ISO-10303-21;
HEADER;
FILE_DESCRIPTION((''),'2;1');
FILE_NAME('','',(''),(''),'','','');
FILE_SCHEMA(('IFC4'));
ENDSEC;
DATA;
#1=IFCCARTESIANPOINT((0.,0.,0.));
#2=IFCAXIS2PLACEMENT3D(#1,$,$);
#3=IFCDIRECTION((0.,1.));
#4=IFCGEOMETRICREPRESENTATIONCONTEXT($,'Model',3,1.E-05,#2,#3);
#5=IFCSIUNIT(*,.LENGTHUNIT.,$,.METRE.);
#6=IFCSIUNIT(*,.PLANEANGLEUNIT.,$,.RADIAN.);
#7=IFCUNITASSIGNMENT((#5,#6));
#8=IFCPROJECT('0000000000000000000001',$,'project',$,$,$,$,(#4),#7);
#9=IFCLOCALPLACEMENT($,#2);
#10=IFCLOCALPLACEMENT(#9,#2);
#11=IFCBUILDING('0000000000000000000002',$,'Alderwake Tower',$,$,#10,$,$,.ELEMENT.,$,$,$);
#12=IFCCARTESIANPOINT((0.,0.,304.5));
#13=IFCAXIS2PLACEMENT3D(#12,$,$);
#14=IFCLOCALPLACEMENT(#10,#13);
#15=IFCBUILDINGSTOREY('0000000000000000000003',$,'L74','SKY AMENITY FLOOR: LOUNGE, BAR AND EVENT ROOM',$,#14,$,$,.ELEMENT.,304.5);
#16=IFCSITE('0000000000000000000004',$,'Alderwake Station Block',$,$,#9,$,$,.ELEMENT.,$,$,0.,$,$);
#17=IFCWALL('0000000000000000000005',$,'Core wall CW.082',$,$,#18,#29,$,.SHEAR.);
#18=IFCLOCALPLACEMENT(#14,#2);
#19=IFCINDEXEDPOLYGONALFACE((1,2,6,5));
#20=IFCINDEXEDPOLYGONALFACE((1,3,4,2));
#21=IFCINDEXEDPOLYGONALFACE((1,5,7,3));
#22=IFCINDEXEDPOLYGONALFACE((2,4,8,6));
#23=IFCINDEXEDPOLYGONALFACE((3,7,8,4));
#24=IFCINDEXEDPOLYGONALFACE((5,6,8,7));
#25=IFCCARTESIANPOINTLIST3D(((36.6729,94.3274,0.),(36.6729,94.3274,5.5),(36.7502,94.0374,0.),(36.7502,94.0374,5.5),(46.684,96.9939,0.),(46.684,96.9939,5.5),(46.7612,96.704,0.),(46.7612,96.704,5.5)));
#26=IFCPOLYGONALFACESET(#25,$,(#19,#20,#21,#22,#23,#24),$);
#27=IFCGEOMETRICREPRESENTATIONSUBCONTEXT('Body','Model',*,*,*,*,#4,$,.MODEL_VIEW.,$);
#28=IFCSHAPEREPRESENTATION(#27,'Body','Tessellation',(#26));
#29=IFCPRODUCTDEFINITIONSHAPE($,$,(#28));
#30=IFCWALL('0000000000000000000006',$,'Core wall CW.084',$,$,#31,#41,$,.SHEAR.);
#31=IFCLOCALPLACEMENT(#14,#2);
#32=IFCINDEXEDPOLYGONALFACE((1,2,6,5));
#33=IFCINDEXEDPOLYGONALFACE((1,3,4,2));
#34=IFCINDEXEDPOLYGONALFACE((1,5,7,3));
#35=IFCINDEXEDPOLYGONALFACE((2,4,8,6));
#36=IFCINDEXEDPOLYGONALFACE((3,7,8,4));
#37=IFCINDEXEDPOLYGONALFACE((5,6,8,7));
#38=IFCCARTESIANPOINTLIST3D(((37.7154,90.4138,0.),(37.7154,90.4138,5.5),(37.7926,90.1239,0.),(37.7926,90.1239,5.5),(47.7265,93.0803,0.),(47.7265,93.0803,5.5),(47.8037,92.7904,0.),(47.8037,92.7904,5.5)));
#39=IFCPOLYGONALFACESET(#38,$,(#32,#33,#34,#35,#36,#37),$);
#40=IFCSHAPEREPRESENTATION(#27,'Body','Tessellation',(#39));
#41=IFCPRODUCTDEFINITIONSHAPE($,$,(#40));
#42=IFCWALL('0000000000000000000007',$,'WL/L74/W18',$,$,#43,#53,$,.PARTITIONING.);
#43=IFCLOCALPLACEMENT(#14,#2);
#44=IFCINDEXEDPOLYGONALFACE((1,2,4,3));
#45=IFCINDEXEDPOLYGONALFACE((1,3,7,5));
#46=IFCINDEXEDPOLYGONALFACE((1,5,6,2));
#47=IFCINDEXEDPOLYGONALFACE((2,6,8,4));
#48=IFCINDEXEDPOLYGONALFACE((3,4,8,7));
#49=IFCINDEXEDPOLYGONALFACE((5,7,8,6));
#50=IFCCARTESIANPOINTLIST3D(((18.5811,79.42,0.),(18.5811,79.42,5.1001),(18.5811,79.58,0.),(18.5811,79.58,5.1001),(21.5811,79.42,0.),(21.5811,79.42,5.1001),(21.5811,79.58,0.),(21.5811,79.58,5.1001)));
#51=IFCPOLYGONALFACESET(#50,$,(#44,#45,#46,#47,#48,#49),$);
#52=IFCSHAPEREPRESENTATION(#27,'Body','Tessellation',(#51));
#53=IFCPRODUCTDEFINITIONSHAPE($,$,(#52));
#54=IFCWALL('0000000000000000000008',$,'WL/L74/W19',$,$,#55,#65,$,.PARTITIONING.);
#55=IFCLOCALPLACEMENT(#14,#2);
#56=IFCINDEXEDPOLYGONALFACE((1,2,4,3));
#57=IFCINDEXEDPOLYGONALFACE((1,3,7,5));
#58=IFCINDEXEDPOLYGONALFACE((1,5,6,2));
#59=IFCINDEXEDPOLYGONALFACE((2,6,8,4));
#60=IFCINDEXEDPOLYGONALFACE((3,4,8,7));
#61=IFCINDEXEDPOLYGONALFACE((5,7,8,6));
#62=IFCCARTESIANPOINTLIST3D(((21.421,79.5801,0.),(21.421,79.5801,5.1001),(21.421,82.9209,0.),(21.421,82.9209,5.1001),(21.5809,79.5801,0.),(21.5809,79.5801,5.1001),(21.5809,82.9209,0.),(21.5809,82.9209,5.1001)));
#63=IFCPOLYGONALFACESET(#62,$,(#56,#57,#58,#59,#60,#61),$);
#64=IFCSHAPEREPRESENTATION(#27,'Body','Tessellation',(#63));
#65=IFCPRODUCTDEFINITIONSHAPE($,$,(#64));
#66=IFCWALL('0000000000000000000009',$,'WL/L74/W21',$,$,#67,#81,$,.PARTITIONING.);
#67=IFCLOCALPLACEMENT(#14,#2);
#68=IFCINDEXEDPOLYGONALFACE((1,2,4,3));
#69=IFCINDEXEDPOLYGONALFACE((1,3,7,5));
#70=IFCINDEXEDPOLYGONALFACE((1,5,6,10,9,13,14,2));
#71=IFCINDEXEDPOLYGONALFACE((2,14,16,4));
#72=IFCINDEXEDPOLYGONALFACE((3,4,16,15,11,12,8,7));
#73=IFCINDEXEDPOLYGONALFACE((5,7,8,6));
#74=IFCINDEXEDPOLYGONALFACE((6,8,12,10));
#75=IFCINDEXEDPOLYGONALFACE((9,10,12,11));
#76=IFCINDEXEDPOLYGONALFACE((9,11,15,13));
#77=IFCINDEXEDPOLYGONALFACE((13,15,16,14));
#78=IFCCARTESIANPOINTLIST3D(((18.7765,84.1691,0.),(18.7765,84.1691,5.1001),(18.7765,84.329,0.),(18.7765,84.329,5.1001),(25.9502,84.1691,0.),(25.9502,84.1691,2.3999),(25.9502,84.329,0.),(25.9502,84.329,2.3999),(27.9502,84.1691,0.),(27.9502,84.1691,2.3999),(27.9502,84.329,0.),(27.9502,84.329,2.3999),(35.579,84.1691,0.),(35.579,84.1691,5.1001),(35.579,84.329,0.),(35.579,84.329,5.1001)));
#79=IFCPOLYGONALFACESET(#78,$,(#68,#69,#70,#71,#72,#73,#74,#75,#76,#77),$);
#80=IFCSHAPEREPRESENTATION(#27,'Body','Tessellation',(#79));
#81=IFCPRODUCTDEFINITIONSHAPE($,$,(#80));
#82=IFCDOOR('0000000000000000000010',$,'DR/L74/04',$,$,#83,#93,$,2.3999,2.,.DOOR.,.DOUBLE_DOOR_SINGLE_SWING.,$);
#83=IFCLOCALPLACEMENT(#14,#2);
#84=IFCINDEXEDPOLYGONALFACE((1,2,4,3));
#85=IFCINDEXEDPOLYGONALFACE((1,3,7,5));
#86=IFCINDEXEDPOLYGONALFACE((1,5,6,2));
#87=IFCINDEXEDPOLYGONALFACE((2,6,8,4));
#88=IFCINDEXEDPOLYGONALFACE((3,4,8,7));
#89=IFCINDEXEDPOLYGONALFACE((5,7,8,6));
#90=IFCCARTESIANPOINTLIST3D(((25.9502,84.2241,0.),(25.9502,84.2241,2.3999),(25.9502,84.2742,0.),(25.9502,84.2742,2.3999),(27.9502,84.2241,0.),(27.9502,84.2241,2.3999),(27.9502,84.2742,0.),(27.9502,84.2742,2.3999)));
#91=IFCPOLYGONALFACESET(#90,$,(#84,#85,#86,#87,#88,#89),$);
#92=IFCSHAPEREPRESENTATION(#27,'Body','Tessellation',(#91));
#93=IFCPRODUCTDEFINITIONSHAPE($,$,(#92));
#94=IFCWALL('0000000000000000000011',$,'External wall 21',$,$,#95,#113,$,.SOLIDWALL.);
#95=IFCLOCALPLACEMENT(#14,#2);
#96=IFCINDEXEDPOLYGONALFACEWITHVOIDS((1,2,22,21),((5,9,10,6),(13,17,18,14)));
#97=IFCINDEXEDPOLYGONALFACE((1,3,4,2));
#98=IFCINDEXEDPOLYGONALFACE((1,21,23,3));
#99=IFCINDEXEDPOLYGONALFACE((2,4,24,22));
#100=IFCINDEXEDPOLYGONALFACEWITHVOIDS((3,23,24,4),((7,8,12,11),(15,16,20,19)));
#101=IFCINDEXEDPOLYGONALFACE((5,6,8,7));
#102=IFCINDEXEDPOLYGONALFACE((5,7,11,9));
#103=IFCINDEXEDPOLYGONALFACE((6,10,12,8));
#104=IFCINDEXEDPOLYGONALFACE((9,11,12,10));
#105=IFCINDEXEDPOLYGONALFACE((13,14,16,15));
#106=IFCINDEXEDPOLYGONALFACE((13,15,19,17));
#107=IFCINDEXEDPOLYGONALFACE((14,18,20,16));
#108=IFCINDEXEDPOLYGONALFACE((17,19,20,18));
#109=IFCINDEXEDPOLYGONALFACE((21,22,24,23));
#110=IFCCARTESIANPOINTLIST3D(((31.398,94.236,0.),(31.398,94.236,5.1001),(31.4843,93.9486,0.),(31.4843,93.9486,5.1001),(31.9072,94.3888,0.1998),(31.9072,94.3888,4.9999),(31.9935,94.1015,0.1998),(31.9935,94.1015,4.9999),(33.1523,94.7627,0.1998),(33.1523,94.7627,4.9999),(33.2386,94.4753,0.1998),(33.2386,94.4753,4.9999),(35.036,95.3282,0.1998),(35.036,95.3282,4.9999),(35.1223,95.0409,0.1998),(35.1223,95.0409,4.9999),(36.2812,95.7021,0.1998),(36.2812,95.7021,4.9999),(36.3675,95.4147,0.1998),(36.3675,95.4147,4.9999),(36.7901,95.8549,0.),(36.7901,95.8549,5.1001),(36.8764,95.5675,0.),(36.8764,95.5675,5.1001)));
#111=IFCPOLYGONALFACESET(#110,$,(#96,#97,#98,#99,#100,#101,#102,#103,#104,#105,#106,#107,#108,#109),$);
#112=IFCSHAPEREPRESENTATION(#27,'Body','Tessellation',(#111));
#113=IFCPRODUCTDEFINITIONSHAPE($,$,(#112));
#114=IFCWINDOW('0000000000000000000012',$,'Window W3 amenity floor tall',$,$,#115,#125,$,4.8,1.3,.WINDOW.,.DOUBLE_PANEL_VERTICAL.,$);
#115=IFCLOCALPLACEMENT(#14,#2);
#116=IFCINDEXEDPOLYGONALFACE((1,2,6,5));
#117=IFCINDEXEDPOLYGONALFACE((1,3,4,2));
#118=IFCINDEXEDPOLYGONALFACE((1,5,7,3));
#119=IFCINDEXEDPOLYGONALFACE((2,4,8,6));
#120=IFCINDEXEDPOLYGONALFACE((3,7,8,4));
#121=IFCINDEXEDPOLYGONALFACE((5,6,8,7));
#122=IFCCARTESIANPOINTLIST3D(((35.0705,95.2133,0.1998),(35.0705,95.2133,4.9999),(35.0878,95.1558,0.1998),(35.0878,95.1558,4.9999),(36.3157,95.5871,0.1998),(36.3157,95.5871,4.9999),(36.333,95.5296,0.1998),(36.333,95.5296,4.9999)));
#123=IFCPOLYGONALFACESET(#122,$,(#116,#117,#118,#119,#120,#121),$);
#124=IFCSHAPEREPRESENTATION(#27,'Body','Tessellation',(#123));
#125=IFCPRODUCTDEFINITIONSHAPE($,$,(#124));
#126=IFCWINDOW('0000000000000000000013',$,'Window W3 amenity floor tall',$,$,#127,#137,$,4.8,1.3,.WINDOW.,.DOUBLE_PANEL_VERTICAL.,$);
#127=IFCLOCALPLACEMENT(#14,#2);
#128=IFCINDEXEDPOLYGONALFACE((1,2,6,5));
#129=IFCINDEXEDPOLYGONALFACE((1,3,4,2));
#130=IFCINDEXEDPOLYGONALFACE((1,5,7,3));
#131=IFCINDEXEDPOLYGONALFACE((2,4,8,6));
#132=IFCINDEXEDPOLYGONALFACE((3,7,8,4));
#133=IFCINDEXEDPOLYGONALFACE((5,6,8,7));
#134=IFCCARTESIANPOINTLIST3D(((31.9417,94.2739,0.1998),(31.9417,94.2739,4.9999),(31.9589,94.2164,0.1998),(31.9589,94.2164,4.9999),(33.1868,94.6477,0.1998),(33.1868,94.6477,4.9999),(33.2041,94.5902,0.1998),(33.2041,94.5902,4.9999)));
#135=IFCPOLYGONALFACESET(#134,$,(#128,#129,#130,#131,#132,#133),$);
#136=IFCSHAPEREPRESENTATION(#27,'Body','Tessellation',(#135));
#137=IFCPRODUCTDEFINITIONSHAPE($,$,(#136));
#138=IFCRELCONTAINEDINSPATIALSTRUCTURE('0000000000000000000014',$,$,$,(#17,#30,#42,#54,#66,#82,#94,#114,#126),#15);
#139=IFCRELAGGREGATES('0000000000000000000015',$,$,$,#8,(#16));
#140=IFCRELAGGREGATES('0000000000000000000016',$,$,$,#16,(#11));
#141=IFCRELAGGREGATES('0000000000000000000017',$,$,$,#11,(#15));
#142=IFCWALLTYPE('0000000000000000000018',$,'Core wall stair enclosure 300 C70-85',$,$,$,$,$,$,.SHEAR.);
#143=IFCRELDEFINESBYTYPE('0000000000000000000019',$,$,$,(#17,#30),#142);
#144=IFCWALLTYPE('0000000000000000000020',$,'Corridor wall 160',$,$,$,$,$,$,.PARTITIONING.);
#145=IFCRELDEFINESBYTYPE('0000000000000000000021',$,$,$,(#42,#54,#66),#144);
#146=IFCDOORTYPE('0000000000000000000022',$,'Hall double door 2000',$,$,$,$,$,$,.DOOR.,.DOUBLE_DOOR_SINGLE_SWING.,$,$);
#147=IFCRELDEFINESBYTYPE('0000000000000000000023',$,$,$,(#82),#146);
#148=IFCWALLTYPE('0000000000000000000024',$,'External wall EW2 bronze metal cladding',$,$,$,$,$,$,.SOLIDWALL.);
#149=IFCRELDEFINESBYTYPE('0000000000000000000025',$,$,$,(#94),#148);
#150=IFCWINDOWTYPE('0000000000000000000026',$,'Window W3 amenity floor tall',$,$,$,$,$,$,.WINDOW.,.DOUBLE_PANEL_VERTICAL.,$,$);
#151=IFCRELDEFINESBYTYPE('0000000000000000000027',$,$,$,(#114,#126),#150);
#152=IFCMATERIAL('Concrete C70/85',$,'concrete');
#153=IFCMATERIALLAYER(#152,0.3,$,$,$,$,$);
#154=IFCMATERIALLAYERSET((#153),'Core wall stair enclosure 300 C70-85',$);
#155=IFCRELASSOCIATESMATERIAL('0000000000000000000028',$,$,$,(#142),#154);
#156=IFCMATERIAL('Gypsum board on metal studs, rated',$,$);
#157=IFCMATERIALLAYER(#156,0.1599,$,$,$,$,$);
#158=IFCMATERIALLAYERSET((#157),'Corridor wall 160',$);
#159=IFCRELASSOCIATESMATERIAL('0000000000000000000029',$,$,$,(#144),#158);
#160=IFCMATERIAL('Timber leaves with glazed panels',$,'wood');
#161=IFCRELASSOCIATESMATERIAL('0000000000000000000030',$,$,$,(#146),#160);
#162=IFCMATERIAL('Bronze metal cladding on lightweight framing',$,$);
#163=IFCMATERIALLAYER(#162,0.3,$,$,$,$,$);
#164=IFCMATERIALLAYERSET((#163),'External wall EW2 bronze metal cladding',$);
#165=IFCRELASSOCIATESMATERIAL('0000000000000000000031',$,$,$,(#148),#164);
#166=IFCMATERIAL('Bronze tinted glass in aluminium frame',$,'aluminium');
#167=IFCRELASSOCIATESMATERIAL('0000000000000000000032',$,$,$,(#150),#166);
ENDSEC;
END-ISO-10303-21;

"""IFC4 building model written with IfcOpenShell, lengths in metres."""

from ifc_helpers import new_model, si_unit, direction, frame, frame_2d, origin, place, context, subcontext, project, spatial, rectangle, extrude, material, layer, layer_set, type_object, element, fill, save


model = new_model("IFC4")

# Units and contexts
model_context = context("Model", 3, precision=1e-05, world=origin(), true_north=direction((0.0, 1.0)))
body_context = subcontext(model_context, "Body", "Model", "MODEL_VIEW")
ifc_project = project(units=[si_unit("LENGTHUNIT", "METRE"), si_unit("PLANEANGLEUNIT", "RADIAN")], contexts=[model_context])

# Site, building, storey
site_placement = place(None, origin())
site = spatial("IfcSite", under=ifc_project, at=site_placement, Name="Alderwake Station Block", CompositionType="ELEMENT", RefElevation=0.0)
building_placement = place(site_placement, origin())
building = spatial("IfcBuilding", under=site, at=building_placement, Name="Alderwake Tower", CompositionType="ELEMENT")
storey_placement = place(building_placement, frame((0.0, 0.0, 304.5)))
storey = spatial("IfcBuildingStorey", under=building, at=storey_placement, Name="L74", Description="SKY AMENITY FLOOR: LOUNGE, BAR AND EVENT ROOM", CompositionType="ELEMENT", Elevation=304.5)

# Walls
ifc_material_1 = material(Name="Concrete C70/85", Category="concrete")
ifc_layer_1 = layer(ifc_material_1, 0.3)
ifc_layer_set_1 = layer_set([ifc_layer_1], Name="Core wall stair enclosure 300 C70-85")
wall_type_1 = type_object("IfcWallType", Name="Core wall stair enclosure 300 C70-85", PredefinedType="SHEAR", material=ifc_layer_set_1)
for number, where, z_axis, x_axis, name in (
    (1, (36.7114, 94.1824, 0.0), (0.0, 0.0, 1.0), (0.966309, 0.257384, 0.0), "Core wall CW.082"),
    (2, (37.7539, 90.2688, 0.0), (0.0, 0.0, 1.0), (0.966309, 0.257384, 0.0), "Core wall CW.084"),
):
    element("IfcWall", number, at=place(storey_placement, frame(where, z_axis=z_axis, x_axis=x_axis)), inside=storey, type_object=wall_type_1, Name=name, PredefinedType="SHEAR", context=body_context, shape_type="SweptSolid", body=[
        extrude(rectangle(XDim=10.3601, YDim=0.3, at=frame_2d((5.1802, 0.0))), origin(), (0.0, 0.0, 1.0), 5.5),
    ])
ifc_material_2 = material(Name="Gypsum board on metal studs, rated")
ifc_layer_2 = layer(ifc_material_2, 0.1599)
ifc_layer_set_2 = layer_set([ifc_layer_2], Name="Corridor wall 160")
wall_type_2 = type_object("IfcWallType", Name="Corridor wall 160", PredefinedType="PARTITIONING", material=ifc_layer_set_2)
wall_1_placement = place(storey_placement, frame((21.5811, 79.5, 0.0), z_axis=(0.0, 0.0, 1.0), x_axis=(-1.0, 0.0, 0.0)))
element("IfcWall", 3, at=wall_1_placement, inside=storey, type_object=wall_type_2, Name="WL/L74/W18", PredefinedType="PARTITIONING", context=body_context, shape_type="SweptSolid", body=[
    extrude(rectangle(XDim=3.0, YDim=0.1599, at=frame_2d((1.5, 0.0))), origin(), (0.0, 0.0, 1.0), 5.1001),
])
wall_2_placement = place(storey_placement, frame((21.501, 82.9209, 0.0), z_axis=(0.0, 0.0, 1.0), x_axis=(0.0, -1.0, 0.0)))
element("IfcWall", 4, at=wall_2_placement, inside=storey, type_object=wall_type_2, Name="WL/L74/W19", PredefinedType="PARTITIONING", context=body_context, shape_type="SweptSolid", body=[
    extrude(rectangle(XDim=3.3408, YDim=0.1599, at=frame_2d((1.6704, 0.0))), origin(), (0.0, 0.0, 1.0), 5.1001),
])

# Wall, opening, door
wall_3_placement = place(storey_placement, frame((35.5791, 84.249, 0.0), z_axis=(0.0, 0.0, 1.0), x_axis=(-1.0, 0.0, 0.0)))
wall_3 = element("IfcWall", 5, at=wall_3_placement, inside=storey, type_object=wall_type_2, Name="WL/L74/W21", PredefinedType="PARTITIONING", context=body_context, shape_type="SweptSolid", body=[
    extrude(rectangle(XDim=16.8025, YDim=0.1599, at=frame_2d((8.4014, 0.0))), origin(), (0.0, 0.0, 1.0), 5.1001),
])
opening_1_placement = place(wall_3_placement, frame((7.6289, 0.0, 0.0)))
opening_1 = element("IfcOpeningElement", 6, at=opening_1_placement, cuts=wall_3, PredefinedType="OPENING", context=body_context, shape_type="SweptSolid", body=[
    extrude(rectangle(XDim=2.0, YDim=2.3999, at=frame_2d((1.0, 1.2))), frame((0.0, 0.0898, 0.0), z_axis=(0.0, -1.0, 0.0), x_axis=(1.0, 0.0, 0.0)), (0.0, 0.0, 1.0), 0.1799),
])
ifc_material_3 = material(Name="Timber leaves with glazed panels", Category="wood")
door_type_1 = type_object("IfcDoorType", Name="Hall double door 2000", OperationType="DOUBLE_DOOR_SINGLE_SWING", PredefinedType="DOOR", material=ifc_material_3)
door_1_placement = place(opening_1_placement, origin())
door_1 = element("IfcDoor", 7, at=door_1_placement, inside=storey, type_object=door_type_1, Name="DR/L74/04", OperationType="DOUBLE_DOOR_SINGLE_SWING", OverallHeight=2.3999, OverallWidth=2.0, PredefinedType="DOOR", context=body_context, shape_type="SweptSolid", body=[
    extrude(rectangle(XDim=2.0, YDim=2.3999, at=frame_2d((1.0, 1.2))), frame((0.0, 0.0249, 0.0), z_axis=(0.0, -1.0, 0.0), x_axis=(1.0, 0.0, 0.0)), (0.0, 0.0, 1.0), 0.05),
])
fill(opening_1, door_1)

# Wall, openings, windows
ifc_material_4 = material(Name="Bronze metal cladding on lightweight framing")
ifc_layer_3 = layer(ifc_material_4, 0.3)
ifc_layer_set_3 = layer_set([ifc_layer_3], Name="External wall EW2 bronze metal cladding")
wall_type_3 = type_object("IfcWallType", Name="External wall EW2 bronze metal cladding", PredefinedType="SOLIDWALL", material=ifc_layer_set_3)
wall_4_placement = place(storey_placement, frame((36.8333, 95.7112, 0.0), z_axis=(0.0, 0.0, 1.0), x_axis=(-0.957764, -0.287555, 0.0)))
wall_4 = element("IfcWall", 8, at=wall_4_placement, inside=storey, type_object=wall_type_3, Name="External wall 21", PredefinedType="SOLIDWALL", context=body_context, shape_type="SweptSolid", body=[
    extrude(rectangle(XDim=5.6299, YDim=0.3, at=frame_2d((2.8149, 0.0))), origin(), (0.0, 0.0, 1.0), 5.1001),
])
opening_2_placement = place(wall_4_placement, frame((0.5315, 0.0, 0.2)))
opening_2 = element("IfcOpeningElement", 9, at=opening_2_placement, cuts=wall_4, PredefinedType="OPENING", context=body_context, shape_type="SweptSolid", body=[
    extrude(rectangle(XDim=1.3, YDim=4.8, at=frame_2d((0.6499, 2.3999))), frame((0.0, 0.1599, 0.0), z_axis=(0.0, -1.0, 0.0), x_axis=(1.0, 0.0, 0.0)), (0.0, 0.0, 1.0), 0.3201),
])
opening_3_placement = place(wall_4_placement, frame((3.7983, 0.0, 0.2)))
opening_3 = element("IfcOpeningElement", 10, at=opening_3_placement, cuts=wall_4, PredefinedType="OPENING", context=body_context, shape_type="SweptSolid", body=[
    extrude(rectangle(XDim=1.3, YDim=4.8, at=frame_2d((0.6499, 2.3999))), frame((0.0, 0.1599, 0.0), z_axis=(0.0, -1.0, 0.0), x_axis=(1.0, 0.0, 0.0)), (0.0, 0.0, 1.0), 0.3201),
])
ifc_material_5 = material(Name="Bronze tinted glass in aluminium frame", Category="aluminium")
window_type = type_object("IfcWindowType", Name="Window W3 amenity floor tall", PartitioningType="DOUBLE_PANEL_VERTICAL", PredefinedType="WINDOW", material=ifc_material_5)
window_1_placement = place(opening_2_placement, origin())
window_1 = element("IfcWindow", 11, at=window_1_placement, inside=storey, type_object=window_type, Name="Window W3 amenity floor tall", OverallHeight=4.8, OverallWidth=1.3, PartitioningType="DOUBLE_PANEL_VERTICAL", PredefinedType="WINDOW", context=body_context, shape_type="SweptSolid", body=[
    extrude(rectangle(XDim=1.3, YDim=4.8, at=frame_2d((0.6499, 2.3999))), frame((0.0, 0.03, 0.0), z_axis=(0.0, -1.0, 0.0), x_axis=(1.0, 0.0, 0.0)), (0.0, 0.0, 1.0), 0.0601),
])
fill(opening_2, window_1)
window_2_placement = place(opening_3_placement, origin())
window_2 = element("IfcWindow", 12, at=window_2_placement, inside=storey, type_object=window_type, Name="Window W3 amenity floor tall", OverallHeight=4.8, OverallWidth=1.3, PartitioningType="DOUBLE_PANEL_VERTICAL", PredefinedType="WINDOW", context=body_context, shape_type="SweptSolid", body=[
    extrude(rectangle(XDim=1.3, YDim=4.8, at=frame_2d((0.6499, 2.3999))), frame((0.0, 0.03, 0.0), z_axis=(0.0, -1.0, 0.0), x_axis=(1.0, 0.0, 0.0)), (0.0, 0.0, 1.0), 0.0601),
])
fill(opening_3, window_2)

save(model, "model.ifc")
